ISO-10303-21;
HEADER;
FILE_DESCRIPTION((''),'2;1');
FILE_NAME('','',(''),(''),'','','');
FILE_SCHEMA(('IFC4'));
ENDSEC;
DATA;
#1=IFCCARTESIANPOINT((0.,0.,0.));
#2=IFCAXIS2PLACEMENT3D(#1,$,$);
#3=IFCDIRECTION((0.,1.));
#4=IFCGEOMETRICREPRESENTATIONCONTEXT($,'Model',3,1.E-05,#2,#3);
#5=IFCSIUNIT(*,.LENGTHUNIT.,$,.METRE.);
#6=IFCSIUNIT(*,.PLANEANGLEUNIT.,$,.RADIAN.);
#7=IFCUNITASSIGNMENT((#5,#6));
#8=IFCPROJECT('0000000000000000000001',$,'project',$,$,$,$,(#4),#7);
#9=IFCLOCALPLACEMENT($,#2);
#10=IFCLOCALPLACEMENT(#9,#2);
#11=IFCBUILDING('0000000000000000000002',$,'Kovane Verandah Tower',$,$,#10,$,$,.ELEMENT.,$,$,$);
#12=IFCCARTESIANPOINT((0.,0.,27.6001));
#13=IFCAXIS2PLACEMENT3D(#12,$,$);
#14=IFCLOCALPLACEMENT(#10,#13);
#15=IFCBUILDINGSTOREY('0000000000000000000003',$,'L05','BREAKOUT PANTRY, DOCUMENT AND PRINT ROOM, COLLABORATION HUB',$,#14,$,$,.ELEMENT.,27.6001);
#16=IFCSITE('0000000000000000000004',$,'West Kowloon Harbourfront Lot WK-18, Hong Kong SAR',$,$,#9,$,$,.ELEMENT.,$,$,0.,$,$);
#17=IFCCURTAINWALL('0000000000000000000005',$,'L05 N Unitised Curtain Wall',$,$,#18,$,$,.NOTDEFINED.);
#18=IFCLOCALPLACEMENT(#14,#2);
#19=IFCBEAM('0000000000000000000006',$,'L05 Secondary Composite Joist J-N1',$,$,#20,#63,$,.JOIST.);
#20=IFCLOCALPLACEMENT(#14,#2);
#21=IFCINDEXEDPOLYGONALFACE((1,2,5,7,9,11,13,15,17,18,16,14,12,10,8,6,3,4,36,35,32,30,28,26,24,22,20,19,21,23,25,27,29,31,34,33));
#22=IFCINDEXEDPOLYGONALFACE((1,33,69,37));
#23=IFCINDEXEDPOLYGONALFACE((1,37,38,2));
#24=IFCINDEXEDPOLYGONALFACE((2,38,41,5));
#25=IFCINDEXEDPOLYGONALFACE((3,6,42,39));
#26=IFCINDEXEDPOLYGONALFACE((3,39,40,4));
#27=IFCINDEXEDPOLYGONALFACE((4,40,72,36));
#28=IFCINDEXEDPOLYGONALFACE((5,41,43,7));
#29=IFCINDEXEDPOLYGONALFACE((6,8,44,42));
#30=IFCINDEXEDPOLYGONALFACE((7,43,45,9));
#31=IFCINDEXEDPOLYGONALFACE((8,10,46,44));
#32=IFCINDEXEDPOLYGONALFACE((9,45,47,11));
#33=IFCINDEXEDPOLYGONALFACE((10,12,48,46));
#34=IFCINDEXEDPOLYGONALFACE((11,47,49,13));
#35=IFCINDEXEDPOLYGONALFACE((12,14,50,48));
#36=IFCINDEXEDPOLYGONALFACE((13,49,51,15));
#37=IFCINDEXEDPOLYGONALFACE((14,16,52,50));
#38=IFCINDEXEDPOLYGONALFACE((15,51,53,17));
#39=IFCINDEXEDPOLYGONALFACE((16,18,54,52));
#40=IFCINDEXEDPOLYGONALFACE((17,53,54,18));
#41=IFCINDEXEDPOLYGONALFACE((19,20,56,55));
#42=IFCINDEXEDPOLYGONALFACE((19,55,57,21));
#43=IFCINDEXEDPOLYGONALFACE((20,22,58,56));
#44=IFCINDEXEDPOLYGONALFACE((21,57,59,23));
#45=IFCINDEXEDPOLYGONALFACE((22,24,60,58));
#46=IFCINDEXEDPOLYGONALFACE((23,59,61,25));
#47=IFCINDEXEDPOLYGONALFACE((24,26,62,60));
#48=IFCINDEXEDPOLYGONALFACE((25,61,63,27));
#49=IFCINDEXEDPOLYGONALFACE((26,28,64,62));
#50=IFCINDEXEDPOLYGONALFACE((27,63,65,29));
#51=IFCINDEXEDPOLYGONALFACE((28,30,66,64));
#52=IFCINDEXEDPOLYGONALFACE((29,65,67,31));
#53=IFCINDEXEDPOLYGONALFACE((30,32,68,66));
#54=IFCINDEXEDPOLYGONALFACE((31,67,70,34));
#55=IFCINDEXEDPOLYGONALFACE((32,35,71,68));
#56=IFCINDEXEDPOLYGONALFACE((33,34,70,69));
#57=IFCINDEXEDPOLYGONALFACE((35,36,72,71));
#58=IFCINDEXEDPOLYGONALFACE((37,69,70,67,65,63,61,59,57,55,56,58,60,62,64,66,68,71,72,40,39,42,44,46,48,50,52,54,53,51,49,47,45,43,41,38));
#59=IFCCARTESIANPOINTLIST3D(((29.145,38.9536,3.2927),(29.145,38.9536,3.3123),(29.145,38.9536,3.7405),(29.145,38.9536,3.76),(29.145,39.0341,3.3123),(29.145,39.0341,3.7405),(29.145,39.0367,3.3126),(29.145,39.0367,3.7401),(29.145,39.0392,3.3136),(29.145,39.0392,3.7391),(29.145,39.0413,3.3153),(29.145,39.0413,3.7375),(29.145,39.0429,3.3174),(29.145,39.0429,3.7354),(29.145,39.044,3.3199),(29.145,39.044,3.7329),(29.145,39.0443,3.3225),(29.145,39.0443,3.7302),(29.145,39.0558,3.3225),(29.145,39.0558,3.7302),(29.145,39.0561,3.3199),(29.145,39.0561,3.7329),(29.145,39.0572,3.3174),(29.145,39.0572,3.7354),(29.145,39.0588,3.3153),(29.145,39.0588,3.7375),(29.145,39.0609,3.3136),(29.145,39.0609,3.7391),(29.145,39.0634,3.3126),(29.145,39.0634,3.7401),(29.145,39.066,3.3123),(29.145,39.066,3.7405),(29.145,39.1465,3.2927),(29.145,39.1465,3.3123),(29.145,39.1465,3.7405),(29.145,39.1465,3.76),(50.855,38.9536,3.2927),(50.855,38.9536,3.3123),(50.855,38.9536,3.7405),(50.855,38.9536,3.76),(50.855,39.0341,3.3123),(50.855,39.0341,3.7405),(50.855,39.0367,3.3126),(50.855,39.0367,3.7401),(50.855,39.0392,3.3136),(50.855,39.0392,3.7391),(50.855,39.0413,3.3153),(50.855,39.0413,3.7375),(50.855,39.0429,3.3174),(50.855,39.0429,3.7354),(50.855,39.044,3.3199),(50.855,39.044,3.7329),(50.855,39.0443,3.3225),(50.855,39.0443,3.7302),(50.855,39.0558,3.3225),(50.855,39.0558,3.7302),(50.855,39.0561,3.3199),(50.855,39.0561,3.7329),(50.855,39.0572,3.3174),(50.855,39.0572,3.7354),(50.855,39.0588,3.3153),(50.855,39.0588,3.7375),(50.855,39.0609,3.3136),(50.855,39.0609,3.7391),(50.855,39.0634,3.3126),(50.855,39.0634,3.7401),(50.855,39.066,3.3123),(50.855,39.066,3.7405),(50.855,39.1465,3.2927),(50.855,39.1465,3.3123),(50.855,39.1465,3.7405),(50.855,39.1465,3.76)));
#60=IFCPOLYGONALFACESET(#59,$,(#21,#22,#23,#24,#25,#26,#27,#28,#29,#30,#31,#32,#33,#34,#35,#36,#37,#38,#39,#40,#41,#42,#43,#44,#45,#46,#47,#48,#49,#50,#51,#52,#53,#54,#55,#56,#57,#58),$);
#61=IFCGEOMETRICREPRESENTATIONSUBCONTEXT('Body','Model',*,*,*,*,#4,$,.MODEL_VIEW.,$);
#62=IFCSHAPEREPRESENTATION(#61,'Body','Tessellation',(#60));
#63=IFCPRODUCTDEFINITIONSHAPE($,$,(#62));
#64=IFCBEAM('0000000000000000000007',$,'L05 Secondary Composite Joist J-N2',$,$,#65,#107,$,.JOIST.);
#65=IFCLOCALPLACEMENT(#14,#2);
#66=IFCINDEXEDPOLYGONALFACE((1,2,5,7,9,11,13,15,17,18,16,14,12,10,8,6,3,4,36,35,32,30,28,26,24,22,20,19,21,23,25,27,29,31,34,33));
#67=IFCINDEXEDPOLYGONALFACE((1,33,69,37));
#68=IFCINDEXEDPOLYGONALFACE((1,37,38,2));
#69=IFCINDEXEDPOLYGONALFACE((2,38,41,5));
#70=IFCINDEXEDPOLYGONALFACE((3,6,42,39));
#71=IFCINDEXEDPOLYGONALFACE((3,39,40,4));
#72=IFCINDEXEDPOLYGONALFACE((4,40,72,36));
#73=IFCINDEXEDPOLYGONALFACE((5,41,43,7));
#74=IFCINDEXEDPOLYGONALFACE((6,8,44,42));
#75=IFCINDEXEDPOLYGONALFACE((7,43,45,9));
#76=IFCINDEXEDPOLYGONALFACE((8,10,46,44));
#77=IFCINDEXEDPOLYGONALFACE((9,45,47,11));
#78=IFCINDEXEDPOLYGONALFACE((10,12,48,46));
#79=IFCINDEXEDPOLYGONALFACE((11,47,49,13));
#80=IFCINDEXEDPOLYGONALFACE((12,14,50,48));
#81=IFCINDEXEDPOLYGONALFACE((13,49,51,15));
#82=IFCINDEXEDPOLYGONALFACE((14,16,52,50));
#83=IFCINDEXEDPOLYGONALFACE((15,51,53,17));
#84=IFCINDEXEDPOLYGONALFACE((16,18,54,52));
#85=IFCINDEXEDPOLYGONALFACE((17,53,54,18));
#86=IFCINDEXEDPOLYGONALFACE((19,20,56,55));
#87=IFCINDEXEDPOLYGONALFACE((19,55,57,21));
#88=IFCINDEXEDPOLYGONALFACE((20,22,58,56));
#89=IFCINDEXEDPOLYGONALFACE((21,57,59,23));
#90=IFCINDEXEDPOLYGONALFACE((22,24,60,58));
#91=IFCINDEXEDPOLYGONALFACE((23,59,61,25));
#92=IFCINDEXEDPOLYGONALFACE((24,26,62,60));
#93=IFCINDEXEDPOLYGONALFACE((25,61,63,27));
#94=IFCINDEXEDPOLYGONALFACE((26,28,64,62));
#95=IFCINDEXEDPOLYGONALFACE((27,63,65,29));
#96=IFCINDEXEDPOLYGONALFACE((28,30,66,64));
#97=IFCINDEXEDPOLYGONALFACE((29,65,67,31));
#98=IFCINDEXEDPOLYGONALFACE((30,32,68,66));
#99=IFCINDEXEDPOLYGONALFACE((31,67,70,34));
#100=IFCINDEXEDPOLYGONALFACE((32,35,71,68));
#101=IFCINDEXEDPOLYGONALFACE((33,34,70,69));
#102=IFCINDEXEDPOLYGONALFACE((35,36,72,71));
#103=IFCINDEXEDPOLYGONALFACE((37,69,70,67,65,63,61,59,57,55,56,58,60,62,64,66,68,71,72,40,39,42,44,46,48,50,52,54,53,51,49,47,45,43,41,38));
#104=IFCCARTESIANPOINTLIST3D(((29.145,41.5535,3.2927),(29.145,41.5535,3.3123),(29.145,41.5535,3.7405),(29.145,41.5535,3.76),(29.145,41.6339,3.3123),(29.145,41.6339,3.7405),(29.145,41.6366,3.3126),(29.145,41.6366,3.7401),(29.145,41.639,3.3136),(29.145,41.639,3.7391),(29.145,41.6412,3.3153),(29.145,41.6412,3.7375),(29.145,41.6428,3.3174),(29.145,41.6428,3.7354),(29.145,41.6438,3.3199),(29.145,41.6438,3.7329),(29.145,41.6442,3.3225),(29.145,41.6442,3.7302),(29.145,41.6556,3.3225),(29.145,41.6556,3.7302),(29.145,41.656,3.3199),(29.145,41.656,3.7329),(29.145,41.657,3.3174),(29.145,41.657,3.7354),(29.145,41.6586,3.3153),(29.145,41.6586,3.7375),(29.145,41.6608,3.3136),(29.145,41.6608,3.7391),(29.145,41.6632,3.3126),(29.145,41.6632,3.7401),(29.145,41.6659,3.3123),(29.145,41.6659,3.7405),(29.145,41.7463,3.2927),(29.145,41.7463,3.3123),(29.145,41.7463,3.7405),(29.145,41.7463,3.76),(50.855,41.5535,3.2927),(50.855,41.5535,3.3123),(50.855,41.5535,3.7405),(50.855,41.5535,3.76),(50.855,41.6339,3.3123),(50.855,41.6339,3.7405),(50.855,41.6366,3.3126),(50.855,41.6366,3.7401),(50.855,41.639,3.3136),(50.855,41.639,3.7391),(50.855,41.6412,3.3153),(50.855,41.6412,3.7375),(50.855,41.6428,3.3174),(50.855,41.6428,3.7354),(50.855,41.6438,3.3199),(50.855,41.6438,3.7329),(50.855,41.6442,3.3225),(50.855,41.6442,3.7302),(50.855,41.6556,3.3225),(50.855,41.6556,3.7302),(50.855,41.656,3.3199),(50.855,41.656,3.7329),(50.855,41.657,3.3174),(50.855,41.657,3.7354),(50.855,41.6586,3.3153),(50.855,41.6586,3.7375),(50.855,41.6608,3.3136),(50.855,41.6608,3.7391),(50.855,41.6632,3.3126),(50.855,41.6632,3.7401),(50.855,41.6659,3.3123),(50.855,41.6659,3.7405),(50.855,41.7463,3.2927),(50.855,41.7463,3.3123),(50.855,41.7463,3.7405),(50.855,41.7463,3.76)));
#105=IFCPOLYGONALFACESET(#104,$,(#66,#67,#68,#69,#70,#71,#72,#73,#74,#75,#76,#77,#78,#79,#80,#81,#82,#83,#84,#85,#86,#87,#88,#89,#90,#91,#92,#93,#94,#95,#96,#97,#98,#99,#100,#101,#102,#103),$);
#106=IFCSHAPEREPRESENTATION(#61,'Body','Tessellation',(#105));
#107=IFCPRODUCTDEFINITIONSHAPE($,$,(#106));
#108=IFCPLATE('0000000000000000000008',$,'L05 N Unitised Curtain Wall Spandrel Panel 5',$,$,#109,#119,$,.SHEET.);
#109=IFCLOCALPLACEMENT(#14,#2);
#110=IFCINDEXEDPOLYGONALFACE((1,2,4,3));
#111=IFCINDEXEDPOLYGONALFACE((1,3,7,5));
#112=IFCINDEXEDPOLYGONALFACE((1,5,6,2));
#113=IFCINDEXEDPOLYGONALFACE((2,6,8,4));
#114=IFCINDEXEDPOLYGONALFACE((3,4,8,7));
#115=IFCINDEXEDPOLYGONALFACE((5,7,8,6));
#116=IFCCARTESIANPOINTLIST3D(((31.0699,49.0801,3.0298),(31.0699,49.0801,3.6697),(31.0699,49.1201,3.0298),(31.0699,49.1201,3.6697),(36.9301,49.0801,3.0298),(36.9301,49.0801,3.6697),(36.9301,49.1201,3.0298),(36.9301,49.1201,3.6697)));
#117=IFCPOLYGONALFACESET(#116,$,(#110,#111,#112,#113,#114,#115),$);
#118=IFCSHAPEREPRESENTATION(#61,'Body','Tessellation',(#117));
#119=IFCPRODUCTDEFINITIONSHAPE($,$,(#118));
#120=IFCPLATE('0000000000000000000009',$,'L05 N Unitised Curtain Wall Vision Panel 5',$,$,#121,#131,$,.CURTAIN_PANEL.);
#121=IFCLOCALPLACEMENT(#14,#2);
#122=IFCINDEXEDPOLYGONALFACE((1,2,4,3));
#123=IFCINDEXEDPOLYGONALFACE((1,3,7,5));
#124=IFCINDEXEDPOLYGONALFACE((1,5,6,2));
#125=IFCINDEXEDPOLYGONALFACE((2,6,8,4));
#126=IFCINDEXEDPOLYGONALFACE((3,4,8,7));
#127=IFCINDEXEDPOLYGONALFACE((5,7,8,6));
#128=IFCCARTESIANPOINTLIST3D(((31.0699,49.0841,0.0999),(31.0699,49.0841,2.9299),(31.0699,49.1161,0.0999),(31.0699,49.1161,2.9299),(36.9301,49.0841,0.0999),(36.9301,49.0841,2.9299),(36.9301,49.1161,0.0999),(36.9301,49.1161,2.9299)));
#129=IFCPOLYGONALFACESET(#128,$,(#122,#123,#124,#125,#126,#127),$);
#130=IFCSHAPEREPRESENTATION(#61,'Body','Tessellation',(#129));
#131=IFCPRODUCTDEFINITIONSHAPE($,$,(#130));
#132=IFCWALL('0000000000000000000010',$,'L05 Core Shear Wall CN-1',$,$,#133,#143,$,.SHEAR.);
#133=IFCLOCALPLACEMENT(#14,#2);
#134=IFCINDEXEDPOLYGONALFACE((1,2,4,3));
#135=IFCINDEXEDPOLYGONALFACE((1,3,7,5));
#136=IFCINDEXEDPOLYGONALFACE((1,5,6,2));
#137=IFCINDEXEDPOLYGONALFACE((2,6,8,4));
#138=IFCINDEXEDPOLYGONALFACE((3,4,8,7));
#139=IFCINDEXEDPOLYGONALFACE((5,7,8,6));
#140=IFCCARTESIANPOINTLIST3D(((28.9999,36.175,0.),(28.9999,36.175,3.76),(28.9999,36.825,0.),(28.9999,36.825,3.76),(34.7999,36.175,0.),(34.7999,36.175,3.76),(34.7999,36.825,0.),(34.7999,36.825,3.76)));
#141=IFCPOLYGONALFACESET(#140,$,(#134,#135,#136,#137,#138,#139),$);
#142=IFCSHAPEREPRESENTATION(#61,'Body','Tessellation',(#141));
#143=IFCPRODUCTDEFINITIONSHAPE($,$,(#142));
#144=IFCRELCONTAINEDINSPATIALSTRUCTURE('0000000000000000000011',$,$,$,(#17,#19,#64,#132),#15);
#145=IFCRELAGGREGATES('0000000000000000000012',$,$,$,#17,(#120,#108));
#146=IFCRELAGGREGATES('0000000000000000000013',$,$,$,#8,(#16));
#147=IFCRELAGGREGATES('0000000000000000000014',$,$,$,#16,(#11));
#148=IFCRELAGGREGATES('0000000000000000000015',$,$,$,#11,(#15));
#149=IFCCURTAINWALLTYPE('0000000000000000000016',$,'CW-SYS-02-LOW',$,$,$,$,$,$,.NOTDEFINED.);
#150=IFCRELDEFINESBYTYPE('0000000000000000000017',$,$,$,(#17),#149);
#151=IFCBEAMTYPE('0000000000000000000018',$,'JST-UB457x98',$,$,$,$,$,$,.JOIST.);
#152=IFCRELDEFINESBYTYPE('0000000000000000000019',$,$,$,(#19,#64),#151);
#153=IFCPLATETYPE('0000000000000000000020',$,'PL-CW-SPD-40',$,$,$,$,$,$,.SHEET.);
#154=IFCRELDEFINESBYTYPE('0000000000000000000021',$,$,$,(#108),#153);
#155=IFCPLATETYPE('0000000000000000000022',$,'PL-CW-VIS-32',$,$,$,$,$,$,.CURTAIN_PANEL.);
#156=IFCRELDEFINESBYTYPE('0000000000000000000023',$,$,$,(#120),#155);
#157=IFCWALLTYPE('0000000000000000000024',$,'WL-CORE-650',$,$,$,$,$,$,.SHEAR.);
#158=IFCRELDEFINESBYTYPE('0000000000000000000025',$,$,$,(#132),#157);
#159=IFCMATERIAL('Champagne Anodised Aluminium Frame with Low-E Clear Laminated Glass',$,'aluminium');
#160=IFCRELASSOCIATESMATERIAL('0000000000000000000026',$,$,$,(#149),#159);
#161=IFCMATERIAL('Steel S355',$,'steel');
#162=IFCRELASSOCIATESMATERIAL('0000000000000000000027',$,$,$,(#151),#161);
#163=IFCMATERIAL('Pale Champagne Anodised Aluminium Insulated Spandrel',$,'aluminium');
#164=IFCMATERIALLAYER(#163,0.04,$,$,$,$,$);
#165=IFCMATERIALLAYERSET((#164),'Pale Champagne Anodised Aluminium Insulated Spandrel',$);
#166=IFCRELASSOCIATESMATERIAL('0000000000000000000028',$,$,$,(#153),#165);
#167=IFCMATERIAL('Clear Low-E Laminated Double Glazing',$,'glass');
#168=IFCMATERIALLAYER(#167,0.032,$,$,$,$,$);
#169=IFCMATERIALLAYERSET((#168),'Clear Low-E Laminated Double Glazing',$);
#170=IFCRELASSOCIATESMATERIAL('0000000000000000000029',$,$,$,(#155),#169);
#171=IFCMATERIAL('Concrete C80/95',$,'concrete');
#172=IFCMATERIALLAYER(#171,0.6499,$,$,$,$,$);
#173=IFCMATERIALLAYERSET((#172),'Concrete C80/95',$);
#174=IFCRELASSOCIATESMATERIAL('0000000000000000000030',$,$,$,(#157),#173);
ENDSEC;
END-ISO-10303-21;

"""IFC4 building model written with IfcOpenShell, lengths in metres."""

from ifc_helpers import new_model, si_unit, direction, frame, frame_2d, origin, origin_2d, place, context, subcontext, project, spatial, rectangle, i_section, extrude, material, layer, layer_set, material_profile, profile_set, type_object, element, aggregate, save


model = new_model("IFC4")

# Units and contexts
model_context = context("Model", 3, precision=1e-05, world=origin(), true_north=direction((0.0, 1.0)))
body_context = subcontext(model_context, "Body", "Model", "MODEL_VIEW")
ifc_project = project(units=[si_unit("LENGTHUNIT", "METRE"), si_unit("PLANEANGLEUNIT", "RADIAN")], contexts=[model_context])

# Site, building, storey
site_placement = place(None, origin())
site = spatial("IfcSite", under=ifc_project, at=site_placement, Name="West Kowloon Harbourfront Lot WK-18, Hong Kong SAR", CompositionType="ELEMENT", RefElevation=0.0)
building_placement = place(site_placement, origin())
building = spatial("IfcBuilding", under=site, at=building_placement, Name="Kovane Verandah Tower", CompositionType="ELEMENT")
storey_placement = place(building_placement, frame((0.0, 0.0, 27.6001)))
storey = spatial("IfcBuildingStorey", under=building, at=storey_placement, Name="L05", Description="BREAKOUT PANTRY, DOCUMENT AND PRINT ROOM, COLLABORATION HUB", CompositionType="ELEMENT", Elevation=27.6001)

# Shared definitions
ifc_material_1 = material(Name="Concrete C80/95", Category="concrete")

# Shared definitions
ifc_material_2 = material(Name="Steel S355", Category="steel")

# Curtain wall
ifc_material_3 = material(Name="Champagne Anodised Aluminium Frame with Low-E Clear Laminated Glass", Category="aluminium")
curtain_wall_type = type_object("IfcCurtainWallType", Name="CW-SYS-02-LOW", PredefinedType="NOTDEFINED", material=ifc_material_3)
curtain_wall_placement = place(storey_placement, origin())
curtain_wall = element("IfcCurtainWall", 1, at=curtain_wall_placement, inside=storey, type_object=curtain_wall_type, Name="L05 N Unitised Curtain Wall", PredefinedType="NOTDEFINED")

# Beams
ifc_material_profile_1 = material_profile(ifc_material_2, i_section(OverallWidth=0.1929, OverallDepth=0.4673, WebThickness=0.0115, FlangeThickness=0.0195, FilletRadius=0.0103, at=origin_2d()), Name="UB457x191x98")
ifc_profile_set_1 = profile_set([ifc_material_profile_1], Name="Steel S355")
beam_type_1 = type_object("IfcBeamType", Name="JST-UB457x98", PredefinedType="JOIST", material=ifc_profile_set_1)
for number, where, z_axis, x_axis, name in (
    (2, (29.145, 39.05, 3.5264), (1.0, 0.0, 0.0), (0.0, 1.0, 0.0), "L05 Secondary Composite Joist J-N1"),
    (3, (29.145, 41.6499, 3.5264), (1.0, 0.0, 0.0), (0.0, 1.0, 0.0), "L05 Secondary Composite Joist J-N2"),
):
    element("IfcBeam", number, at=place(storey_placement, frame(where, z_axis=z_axis, x_axis=x_axis)), inside=storey, type_object=beam_type_1, Name=name, PredefinedType="JOIST", context=body_context, shape_type="SweptSolid", body=[
        extrude(i_section(OverallWidth=0.1929, OverallDepth=0.4673, WebThickness=0.0115, FlangeThickness=0.0195, FilletRadius=0.0103, at=origin_2d()), origin(), (0.0, 0.0, 1.0), 21.71),
    ])

# Plates
ifc_material_4 = material(Name="Pale Champagne Anodised Aluminium Insulated Spandrel", Category="aluminium")
ifc_layer_1 = layer(ifc_material_4, 0.04)
ifc_layer_set_1 = layer_set([ifc_layer_1], Name="Pale Champagne Anodised Aluminium Insulated Spandrel")
plate_type_1 = type_object("IfcPlateType", Name="PL-CW-SPD-40", PredefinedType="SHEET", material=ifc_layer_set_1)
plate_1_placement = place(storey_placement, frame((34.0, 49.1001, 3.0298), z_axis=(0.0, 0.0, 1.0), x_axis=(-1.0, 0.0, 0.0)))
plate_1 = element("IfcPlate", 4, at=plate_1_placement, type_object=plate_type_1, Name="L05 N Unitised Curtain Wall Spandrel Panel 5", PredefinedType="SHEET", context=body_context, shape_type="SweptSolid", body=[
    extrude(rectangle(XDim=5.8601, YDim=0.04, at=origin_2d()), origin(), (0.0, 0.0, 1.0), 0.6399),
])
ifc_material_5 = material(Name="Clear Low-E Laminated Double Glazing", Category="glass")
ifc_layer_2 = layer(ifc_material_5, 0.032)
ifc_layer_set_2 = layer_set([ifc_layer_2], Name="Clear Low-E Laminated Double Glazing")
plate_type_2 = type_object("IfcPlateType", Name="PL-CW-VIS-32", PredefinedType="CURTAIN_PANEL", material=ifc_layer_set_2)
plate_2_placement = place(storey_placement, frame((34.0, 49.1001, 0.0999), z_axis=(0.0, 0.0, 1.0), x_axis=(-1.0, 0.0, 0.0)))
plate_2 = element("IfcPlate", 5, at=plate_2_placement, type_object=plate_type_2, Name="L05 N Unitised Curtain Wall Vision Panel 5", PredefinedType="CURTAIN_PANEL", context=body_context, shape_type="SweptSolid", body=[
    extrude(rectangle(XDim=5.8601, YDim=0.032, at=origin_2d()), origin(), (0.0, 0.0, 1.0), 2.8301),
])
aggregate(curtain_wall, [plate_2, plate_1])

# Wall
ifc_layer_3 = layer(ifc_material_1, 0.6499)
ifc_layer_set_3 = layer_set([ifc_layer_3], Name="Concrete C80/95")
wall_type = type_object("IfcWallType", Name="WL-CORE-650", PredefinedType="SHEAR", material=ifc_layer_set_3)
wall_placement = place(storey_placement, frame((29.0, 36.5, 0.0), z_axis=(0.0, 0.0, 1.0), x_axis=(1.0, 0.0, 0.0)))
element("IfcWall", 6, at=wall_placement, inside=storey, type_object=wall_type, Name="L05 Core Shear Wall CN-1", PredefinedType="SHEAR", context=body_context, shape_type="SweptSolid", body=[
    extrude(rectangle(XDim=5.8, YDim=0.6499, at=frame_2d((2.8999, 0.0))), origin(), (0.0, 0.0, 1.0), 3.76),
])

save(model, "model.ifc")
